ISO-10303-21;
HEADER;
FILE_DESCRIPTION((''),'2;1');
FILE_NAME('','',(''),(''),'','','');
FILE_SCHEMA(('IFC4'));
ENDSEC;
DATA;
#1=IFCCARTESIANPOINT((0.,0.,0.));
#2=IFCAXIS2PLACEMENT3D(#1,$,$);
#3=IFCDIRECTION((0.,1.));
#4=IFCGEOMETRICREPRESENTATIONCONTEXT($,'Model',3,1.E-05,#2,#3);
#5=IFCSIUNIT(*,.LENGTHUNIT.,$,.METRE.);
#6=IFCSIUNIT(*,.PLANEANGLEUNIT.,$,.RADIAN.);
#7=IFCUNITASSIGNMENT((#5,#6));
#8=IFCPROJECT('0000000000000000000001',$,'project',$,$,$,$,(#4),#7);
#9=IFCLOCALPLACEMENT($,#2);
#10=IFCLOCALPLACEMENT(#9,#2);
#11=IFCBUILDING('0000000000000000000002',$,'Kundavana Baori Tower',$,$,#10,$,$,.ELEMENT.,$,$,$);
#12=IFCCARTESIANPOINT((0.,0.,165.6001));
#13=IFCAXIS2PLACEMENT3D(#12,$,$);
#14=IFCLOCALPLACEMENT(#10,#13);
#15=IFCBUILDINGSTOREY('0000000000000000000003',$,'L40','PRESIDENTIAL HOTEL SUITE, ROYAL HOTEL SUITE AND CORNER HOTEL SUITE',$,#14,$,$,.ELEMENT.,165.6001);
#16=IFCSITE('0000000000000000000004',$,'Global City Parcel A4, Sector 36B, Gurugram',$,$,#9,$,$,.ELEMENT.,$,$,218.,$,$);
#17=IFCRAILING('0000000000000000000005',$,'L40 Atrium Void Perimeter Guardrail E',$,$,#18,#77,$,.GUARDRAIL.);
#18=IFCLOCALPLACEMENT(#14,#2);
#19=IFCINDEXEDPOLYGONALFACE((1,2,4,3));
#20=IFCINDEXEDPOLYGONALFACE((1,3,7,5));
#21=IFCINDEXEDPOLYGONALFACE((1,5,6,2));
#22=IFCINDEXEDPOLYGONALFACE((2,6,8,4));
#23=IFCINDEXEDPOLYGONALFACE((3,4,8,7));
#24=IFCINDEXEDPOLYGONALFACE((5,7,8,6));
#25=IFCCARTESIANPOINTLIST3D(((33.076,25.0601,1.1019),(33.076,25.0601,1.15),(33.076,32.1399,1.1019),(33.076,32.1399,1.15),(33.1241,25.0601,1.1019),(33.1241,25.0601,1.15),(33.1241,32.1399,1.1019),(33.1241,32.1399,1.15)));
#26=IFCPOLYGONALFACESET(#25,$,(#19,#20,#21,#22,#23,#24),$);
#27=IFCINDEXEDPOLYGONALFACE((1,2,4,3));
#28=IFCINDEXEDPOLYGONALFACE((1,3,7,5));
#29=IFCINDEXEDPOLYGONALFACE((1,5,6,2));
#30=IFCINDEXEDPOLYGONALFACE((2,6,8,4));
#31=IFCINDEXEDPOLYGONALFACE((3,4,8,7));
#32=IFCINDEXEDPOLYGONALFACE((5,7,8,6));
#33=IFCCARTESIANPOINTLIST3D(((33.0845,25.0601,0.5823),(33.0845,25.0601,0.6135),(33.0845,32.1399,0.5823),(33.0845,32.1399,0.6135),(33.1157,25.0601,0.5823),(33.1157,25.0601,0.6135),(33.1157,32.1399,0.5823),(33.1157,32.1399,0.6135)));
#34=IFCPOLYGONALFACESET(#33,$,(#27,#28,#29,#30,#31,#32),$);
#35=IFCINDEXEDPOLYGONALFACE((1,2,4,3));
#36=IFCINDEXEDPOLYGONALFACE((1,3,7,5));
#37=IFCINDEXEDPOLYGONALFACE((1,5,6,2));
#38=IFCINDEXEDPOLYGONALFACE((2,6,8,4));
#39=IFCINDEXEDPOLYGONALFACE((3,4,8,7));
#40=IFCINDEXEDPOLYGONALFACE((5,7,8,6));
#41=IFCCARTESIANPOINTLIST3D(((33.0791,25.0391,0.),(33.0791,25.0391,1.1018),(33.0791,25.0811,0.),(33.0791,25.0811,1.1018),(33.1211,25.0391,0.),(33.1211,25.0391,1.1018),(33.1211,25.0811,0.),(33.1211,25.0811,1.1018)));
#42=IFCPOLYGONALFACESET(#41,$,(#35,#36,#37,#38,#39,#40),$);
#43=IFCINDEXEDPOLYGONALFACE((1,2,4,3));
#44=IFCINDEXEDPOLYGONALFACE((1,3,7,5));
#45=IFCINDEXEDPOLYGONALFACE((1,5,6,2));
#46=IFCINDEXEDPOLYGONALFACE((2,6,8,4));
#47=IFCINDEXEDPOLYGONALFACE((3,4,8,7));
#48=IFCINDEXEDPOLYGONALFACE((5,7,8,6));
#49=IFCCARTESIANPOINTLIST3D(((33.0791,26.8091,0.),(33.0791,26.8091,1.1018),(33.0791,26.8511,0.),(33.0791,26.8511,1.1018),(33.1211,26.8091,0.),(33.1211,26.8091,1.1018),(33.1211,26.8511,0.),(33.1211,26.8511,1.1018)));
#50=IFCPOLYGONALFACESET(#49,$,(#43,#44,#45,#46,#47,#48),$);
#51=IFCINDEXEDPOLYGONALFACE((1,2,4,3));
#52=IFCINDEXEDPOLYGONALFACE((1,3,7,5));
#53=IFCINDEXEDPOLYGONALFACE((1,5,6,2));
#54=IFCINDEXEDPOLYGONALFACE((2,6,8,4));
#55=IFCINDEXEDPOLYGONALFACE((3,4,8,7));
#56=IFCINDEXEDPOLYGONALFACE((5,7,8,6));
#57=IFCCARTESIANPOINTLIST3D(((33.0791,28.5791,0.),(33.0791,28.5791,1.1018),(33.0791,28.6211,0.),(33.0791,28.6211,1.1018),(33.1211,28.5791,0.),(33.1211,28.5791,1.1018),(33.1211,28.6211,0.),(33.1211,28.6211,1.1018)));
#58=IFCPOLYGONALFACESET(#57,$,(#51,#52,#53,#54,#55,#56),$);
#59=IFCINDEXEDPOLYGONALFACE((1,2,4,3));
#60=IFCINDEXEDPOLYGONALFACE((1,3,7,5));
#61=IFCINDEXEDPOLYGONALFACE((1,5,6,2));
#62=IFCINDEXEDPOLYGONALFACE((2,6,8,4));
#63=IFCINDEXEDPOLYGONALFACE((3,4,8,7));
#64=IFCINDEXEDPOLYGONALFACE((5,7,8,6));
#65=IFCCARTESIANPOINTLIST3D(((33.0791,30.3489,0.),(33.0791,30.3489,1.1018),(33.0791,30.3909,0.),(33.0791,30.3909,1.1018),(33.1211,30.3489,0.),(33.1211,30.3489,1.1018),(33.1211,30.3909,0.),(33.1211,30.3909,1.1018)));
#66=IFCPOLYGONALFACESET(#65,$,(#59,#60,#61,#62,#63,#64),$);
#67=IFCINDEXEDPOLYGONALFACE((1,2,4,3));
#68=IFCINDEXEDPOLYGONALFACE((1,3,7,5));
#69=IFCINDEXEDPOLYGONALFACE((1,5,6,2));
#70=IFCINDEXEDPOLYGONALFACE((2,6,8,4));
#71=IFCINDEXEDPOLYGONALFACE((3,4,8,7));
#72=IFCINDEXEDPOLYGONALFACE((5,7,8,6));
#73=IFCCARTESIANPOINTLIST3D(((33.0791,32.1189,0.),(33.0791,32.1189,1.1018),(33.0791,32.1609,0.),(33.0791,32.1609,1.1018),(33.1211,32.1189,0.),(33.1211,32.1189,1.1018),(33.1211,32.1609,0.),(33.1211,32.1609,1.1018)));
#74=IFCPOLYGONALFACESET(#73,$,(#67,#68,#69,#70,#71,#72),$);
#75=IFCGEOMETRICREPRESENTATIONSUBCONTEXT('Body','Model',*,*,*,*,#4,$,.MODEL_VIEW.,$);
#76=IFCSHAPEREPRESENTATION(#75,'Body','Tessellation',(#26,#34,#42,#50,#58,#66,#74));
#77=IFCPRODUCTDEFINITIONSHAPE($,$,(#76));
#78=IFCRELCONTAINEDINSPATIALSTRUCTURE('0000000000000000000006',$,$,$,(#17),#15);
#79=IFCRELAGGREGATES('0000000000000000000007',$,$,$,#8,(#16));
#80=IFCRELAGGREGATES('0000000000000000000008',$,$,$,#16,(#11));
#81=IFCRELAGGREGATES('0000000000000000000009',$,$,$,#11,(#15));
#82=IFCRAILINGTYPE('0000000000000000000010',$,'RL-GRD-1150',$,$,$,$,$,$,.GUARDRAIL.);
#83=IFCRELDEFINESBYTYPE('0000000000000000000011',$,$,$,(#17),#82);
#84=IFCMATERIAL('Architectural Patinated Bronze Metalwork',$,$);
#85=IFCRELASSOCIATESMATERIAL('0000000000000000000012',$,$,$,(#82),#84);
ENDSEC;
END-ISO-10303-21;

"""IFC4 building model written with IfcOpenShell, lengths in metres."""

from ifc_helpers import new_model, si_unit, direction, frame, origin, origin_2d, place, context, subcontext, project, spatial, rectangle, extrude, material, type_object, element, save


model = new_model("IFC4")

# Units and contexts
model_context = context("Model", 3, precision=1e-05, world=origin(), true_north=direction((0.0, 1.0)))
body_context = subcontext(model_context, "Body", "Model", "MODEL_VIEW")
ifc_project = project(units=[si_unit("LENGTHUNIT", "METRE"), si_unit("PLANEANGLEUNIT", "RADIAN")], contexts=[model_context])

# Site, building, storey
site_placement = place(None, origin())
site = spatial("IfcSite", under=ifc_project, at=site_placement, Name="Global City Parcel A4, Sector 36B, Gurugram", CompositionType="ELEMENT", RefElevation=218.0)
building_placement = place(site_placement, origin())
building = spatial("IfcBuilding", under=site, at=building_placement, Name="Kundavana Baori Tower", CompositionType="ELEMENT")
storey_placement = place(building_placement, frame((0.0, 0.0, 165.6001)))
storey = spatial("IfcBuildingStorey", under=building, at=storey_placement, Name="L40", Description="PRESIDENTIAL HOTEL SUITE, ROYAL HOTEL SUITE AND CORNER HOTEL SUITE", CompositionType="ELEMENT", Elevation=165.6001)

# Railing
ifc_material_1 = material(Name="Architectural Patinated Bronze Metalwork")
railing_type = type_object("IfcRailingType", Name="RL-GRD-1150", PredefinedType="GUARDRAIL", material=ifc_material_1)
railing_1_placement = place(storey_placement, frame((33.1001, 25.0601, 0.0)))
element("IfcRailing", 1, at=railing_1_placement, inside=storey, type_object=railing_type, Name="L40 Atrium Void Perimeter Guardrail E", PredefinedType="GUARDRAIL", context=body_context, shape_type="SweptSolid", body=[
    extrude(rectangle(XDim=0.0481, YDim=0.0481, at=origin_2d()), frame((0.0, 0.0, 1.126), z_axis=(0.0, 1.0, 0.0), x_axis=(-1.0, 0.0, 0.0)), (0.0, 0.0, 1.0), 7.0798),
    extrude(rectangle(XDim=0.0312, YDim=0.0312, at=origin_2d()), frame((0.0, 0.0, 0.5979), z_axis=(0.0, 1.0, 0.0), x_axis=(-1.0, 0.0, 0.0)), (0.0, 0.0, 1.0), 7.0798),
    extrude(rectangle(XDim=0.042, YDim=0.042, at=origin_2d()), origin(), (0.0, 0.0, 1.0), 1.1018),
    extrude(rectangle(XDim=0.042, YDim=0.042, at=origin_2d()), frame((0.0, 1.77, 0.0)), (0.0, 0.0, 1.0), 1.1018),
    extrude(rectangle(XDim=0.042, YDim=0.042, at=origin_2d()), frame((0.0, 3.54, 0.0)), (0.0, 0.0, 1.0), 1.1018),
    extrude(rectangle(XDim=0.042, YDim=0.042, at=origin_2d()), frame((0.0, 5.3098, 0.0)), (0.0, 0.0, 1.0), 1.1018),
    extrude(rectangle(XDim=0.042, YDim=0.042, at=origin_2d()), frame((0.0, 7.0798, 0.0)), (0.0, 0.0, 1.0), 1.1018),
])

save(model, "model.ifc")
